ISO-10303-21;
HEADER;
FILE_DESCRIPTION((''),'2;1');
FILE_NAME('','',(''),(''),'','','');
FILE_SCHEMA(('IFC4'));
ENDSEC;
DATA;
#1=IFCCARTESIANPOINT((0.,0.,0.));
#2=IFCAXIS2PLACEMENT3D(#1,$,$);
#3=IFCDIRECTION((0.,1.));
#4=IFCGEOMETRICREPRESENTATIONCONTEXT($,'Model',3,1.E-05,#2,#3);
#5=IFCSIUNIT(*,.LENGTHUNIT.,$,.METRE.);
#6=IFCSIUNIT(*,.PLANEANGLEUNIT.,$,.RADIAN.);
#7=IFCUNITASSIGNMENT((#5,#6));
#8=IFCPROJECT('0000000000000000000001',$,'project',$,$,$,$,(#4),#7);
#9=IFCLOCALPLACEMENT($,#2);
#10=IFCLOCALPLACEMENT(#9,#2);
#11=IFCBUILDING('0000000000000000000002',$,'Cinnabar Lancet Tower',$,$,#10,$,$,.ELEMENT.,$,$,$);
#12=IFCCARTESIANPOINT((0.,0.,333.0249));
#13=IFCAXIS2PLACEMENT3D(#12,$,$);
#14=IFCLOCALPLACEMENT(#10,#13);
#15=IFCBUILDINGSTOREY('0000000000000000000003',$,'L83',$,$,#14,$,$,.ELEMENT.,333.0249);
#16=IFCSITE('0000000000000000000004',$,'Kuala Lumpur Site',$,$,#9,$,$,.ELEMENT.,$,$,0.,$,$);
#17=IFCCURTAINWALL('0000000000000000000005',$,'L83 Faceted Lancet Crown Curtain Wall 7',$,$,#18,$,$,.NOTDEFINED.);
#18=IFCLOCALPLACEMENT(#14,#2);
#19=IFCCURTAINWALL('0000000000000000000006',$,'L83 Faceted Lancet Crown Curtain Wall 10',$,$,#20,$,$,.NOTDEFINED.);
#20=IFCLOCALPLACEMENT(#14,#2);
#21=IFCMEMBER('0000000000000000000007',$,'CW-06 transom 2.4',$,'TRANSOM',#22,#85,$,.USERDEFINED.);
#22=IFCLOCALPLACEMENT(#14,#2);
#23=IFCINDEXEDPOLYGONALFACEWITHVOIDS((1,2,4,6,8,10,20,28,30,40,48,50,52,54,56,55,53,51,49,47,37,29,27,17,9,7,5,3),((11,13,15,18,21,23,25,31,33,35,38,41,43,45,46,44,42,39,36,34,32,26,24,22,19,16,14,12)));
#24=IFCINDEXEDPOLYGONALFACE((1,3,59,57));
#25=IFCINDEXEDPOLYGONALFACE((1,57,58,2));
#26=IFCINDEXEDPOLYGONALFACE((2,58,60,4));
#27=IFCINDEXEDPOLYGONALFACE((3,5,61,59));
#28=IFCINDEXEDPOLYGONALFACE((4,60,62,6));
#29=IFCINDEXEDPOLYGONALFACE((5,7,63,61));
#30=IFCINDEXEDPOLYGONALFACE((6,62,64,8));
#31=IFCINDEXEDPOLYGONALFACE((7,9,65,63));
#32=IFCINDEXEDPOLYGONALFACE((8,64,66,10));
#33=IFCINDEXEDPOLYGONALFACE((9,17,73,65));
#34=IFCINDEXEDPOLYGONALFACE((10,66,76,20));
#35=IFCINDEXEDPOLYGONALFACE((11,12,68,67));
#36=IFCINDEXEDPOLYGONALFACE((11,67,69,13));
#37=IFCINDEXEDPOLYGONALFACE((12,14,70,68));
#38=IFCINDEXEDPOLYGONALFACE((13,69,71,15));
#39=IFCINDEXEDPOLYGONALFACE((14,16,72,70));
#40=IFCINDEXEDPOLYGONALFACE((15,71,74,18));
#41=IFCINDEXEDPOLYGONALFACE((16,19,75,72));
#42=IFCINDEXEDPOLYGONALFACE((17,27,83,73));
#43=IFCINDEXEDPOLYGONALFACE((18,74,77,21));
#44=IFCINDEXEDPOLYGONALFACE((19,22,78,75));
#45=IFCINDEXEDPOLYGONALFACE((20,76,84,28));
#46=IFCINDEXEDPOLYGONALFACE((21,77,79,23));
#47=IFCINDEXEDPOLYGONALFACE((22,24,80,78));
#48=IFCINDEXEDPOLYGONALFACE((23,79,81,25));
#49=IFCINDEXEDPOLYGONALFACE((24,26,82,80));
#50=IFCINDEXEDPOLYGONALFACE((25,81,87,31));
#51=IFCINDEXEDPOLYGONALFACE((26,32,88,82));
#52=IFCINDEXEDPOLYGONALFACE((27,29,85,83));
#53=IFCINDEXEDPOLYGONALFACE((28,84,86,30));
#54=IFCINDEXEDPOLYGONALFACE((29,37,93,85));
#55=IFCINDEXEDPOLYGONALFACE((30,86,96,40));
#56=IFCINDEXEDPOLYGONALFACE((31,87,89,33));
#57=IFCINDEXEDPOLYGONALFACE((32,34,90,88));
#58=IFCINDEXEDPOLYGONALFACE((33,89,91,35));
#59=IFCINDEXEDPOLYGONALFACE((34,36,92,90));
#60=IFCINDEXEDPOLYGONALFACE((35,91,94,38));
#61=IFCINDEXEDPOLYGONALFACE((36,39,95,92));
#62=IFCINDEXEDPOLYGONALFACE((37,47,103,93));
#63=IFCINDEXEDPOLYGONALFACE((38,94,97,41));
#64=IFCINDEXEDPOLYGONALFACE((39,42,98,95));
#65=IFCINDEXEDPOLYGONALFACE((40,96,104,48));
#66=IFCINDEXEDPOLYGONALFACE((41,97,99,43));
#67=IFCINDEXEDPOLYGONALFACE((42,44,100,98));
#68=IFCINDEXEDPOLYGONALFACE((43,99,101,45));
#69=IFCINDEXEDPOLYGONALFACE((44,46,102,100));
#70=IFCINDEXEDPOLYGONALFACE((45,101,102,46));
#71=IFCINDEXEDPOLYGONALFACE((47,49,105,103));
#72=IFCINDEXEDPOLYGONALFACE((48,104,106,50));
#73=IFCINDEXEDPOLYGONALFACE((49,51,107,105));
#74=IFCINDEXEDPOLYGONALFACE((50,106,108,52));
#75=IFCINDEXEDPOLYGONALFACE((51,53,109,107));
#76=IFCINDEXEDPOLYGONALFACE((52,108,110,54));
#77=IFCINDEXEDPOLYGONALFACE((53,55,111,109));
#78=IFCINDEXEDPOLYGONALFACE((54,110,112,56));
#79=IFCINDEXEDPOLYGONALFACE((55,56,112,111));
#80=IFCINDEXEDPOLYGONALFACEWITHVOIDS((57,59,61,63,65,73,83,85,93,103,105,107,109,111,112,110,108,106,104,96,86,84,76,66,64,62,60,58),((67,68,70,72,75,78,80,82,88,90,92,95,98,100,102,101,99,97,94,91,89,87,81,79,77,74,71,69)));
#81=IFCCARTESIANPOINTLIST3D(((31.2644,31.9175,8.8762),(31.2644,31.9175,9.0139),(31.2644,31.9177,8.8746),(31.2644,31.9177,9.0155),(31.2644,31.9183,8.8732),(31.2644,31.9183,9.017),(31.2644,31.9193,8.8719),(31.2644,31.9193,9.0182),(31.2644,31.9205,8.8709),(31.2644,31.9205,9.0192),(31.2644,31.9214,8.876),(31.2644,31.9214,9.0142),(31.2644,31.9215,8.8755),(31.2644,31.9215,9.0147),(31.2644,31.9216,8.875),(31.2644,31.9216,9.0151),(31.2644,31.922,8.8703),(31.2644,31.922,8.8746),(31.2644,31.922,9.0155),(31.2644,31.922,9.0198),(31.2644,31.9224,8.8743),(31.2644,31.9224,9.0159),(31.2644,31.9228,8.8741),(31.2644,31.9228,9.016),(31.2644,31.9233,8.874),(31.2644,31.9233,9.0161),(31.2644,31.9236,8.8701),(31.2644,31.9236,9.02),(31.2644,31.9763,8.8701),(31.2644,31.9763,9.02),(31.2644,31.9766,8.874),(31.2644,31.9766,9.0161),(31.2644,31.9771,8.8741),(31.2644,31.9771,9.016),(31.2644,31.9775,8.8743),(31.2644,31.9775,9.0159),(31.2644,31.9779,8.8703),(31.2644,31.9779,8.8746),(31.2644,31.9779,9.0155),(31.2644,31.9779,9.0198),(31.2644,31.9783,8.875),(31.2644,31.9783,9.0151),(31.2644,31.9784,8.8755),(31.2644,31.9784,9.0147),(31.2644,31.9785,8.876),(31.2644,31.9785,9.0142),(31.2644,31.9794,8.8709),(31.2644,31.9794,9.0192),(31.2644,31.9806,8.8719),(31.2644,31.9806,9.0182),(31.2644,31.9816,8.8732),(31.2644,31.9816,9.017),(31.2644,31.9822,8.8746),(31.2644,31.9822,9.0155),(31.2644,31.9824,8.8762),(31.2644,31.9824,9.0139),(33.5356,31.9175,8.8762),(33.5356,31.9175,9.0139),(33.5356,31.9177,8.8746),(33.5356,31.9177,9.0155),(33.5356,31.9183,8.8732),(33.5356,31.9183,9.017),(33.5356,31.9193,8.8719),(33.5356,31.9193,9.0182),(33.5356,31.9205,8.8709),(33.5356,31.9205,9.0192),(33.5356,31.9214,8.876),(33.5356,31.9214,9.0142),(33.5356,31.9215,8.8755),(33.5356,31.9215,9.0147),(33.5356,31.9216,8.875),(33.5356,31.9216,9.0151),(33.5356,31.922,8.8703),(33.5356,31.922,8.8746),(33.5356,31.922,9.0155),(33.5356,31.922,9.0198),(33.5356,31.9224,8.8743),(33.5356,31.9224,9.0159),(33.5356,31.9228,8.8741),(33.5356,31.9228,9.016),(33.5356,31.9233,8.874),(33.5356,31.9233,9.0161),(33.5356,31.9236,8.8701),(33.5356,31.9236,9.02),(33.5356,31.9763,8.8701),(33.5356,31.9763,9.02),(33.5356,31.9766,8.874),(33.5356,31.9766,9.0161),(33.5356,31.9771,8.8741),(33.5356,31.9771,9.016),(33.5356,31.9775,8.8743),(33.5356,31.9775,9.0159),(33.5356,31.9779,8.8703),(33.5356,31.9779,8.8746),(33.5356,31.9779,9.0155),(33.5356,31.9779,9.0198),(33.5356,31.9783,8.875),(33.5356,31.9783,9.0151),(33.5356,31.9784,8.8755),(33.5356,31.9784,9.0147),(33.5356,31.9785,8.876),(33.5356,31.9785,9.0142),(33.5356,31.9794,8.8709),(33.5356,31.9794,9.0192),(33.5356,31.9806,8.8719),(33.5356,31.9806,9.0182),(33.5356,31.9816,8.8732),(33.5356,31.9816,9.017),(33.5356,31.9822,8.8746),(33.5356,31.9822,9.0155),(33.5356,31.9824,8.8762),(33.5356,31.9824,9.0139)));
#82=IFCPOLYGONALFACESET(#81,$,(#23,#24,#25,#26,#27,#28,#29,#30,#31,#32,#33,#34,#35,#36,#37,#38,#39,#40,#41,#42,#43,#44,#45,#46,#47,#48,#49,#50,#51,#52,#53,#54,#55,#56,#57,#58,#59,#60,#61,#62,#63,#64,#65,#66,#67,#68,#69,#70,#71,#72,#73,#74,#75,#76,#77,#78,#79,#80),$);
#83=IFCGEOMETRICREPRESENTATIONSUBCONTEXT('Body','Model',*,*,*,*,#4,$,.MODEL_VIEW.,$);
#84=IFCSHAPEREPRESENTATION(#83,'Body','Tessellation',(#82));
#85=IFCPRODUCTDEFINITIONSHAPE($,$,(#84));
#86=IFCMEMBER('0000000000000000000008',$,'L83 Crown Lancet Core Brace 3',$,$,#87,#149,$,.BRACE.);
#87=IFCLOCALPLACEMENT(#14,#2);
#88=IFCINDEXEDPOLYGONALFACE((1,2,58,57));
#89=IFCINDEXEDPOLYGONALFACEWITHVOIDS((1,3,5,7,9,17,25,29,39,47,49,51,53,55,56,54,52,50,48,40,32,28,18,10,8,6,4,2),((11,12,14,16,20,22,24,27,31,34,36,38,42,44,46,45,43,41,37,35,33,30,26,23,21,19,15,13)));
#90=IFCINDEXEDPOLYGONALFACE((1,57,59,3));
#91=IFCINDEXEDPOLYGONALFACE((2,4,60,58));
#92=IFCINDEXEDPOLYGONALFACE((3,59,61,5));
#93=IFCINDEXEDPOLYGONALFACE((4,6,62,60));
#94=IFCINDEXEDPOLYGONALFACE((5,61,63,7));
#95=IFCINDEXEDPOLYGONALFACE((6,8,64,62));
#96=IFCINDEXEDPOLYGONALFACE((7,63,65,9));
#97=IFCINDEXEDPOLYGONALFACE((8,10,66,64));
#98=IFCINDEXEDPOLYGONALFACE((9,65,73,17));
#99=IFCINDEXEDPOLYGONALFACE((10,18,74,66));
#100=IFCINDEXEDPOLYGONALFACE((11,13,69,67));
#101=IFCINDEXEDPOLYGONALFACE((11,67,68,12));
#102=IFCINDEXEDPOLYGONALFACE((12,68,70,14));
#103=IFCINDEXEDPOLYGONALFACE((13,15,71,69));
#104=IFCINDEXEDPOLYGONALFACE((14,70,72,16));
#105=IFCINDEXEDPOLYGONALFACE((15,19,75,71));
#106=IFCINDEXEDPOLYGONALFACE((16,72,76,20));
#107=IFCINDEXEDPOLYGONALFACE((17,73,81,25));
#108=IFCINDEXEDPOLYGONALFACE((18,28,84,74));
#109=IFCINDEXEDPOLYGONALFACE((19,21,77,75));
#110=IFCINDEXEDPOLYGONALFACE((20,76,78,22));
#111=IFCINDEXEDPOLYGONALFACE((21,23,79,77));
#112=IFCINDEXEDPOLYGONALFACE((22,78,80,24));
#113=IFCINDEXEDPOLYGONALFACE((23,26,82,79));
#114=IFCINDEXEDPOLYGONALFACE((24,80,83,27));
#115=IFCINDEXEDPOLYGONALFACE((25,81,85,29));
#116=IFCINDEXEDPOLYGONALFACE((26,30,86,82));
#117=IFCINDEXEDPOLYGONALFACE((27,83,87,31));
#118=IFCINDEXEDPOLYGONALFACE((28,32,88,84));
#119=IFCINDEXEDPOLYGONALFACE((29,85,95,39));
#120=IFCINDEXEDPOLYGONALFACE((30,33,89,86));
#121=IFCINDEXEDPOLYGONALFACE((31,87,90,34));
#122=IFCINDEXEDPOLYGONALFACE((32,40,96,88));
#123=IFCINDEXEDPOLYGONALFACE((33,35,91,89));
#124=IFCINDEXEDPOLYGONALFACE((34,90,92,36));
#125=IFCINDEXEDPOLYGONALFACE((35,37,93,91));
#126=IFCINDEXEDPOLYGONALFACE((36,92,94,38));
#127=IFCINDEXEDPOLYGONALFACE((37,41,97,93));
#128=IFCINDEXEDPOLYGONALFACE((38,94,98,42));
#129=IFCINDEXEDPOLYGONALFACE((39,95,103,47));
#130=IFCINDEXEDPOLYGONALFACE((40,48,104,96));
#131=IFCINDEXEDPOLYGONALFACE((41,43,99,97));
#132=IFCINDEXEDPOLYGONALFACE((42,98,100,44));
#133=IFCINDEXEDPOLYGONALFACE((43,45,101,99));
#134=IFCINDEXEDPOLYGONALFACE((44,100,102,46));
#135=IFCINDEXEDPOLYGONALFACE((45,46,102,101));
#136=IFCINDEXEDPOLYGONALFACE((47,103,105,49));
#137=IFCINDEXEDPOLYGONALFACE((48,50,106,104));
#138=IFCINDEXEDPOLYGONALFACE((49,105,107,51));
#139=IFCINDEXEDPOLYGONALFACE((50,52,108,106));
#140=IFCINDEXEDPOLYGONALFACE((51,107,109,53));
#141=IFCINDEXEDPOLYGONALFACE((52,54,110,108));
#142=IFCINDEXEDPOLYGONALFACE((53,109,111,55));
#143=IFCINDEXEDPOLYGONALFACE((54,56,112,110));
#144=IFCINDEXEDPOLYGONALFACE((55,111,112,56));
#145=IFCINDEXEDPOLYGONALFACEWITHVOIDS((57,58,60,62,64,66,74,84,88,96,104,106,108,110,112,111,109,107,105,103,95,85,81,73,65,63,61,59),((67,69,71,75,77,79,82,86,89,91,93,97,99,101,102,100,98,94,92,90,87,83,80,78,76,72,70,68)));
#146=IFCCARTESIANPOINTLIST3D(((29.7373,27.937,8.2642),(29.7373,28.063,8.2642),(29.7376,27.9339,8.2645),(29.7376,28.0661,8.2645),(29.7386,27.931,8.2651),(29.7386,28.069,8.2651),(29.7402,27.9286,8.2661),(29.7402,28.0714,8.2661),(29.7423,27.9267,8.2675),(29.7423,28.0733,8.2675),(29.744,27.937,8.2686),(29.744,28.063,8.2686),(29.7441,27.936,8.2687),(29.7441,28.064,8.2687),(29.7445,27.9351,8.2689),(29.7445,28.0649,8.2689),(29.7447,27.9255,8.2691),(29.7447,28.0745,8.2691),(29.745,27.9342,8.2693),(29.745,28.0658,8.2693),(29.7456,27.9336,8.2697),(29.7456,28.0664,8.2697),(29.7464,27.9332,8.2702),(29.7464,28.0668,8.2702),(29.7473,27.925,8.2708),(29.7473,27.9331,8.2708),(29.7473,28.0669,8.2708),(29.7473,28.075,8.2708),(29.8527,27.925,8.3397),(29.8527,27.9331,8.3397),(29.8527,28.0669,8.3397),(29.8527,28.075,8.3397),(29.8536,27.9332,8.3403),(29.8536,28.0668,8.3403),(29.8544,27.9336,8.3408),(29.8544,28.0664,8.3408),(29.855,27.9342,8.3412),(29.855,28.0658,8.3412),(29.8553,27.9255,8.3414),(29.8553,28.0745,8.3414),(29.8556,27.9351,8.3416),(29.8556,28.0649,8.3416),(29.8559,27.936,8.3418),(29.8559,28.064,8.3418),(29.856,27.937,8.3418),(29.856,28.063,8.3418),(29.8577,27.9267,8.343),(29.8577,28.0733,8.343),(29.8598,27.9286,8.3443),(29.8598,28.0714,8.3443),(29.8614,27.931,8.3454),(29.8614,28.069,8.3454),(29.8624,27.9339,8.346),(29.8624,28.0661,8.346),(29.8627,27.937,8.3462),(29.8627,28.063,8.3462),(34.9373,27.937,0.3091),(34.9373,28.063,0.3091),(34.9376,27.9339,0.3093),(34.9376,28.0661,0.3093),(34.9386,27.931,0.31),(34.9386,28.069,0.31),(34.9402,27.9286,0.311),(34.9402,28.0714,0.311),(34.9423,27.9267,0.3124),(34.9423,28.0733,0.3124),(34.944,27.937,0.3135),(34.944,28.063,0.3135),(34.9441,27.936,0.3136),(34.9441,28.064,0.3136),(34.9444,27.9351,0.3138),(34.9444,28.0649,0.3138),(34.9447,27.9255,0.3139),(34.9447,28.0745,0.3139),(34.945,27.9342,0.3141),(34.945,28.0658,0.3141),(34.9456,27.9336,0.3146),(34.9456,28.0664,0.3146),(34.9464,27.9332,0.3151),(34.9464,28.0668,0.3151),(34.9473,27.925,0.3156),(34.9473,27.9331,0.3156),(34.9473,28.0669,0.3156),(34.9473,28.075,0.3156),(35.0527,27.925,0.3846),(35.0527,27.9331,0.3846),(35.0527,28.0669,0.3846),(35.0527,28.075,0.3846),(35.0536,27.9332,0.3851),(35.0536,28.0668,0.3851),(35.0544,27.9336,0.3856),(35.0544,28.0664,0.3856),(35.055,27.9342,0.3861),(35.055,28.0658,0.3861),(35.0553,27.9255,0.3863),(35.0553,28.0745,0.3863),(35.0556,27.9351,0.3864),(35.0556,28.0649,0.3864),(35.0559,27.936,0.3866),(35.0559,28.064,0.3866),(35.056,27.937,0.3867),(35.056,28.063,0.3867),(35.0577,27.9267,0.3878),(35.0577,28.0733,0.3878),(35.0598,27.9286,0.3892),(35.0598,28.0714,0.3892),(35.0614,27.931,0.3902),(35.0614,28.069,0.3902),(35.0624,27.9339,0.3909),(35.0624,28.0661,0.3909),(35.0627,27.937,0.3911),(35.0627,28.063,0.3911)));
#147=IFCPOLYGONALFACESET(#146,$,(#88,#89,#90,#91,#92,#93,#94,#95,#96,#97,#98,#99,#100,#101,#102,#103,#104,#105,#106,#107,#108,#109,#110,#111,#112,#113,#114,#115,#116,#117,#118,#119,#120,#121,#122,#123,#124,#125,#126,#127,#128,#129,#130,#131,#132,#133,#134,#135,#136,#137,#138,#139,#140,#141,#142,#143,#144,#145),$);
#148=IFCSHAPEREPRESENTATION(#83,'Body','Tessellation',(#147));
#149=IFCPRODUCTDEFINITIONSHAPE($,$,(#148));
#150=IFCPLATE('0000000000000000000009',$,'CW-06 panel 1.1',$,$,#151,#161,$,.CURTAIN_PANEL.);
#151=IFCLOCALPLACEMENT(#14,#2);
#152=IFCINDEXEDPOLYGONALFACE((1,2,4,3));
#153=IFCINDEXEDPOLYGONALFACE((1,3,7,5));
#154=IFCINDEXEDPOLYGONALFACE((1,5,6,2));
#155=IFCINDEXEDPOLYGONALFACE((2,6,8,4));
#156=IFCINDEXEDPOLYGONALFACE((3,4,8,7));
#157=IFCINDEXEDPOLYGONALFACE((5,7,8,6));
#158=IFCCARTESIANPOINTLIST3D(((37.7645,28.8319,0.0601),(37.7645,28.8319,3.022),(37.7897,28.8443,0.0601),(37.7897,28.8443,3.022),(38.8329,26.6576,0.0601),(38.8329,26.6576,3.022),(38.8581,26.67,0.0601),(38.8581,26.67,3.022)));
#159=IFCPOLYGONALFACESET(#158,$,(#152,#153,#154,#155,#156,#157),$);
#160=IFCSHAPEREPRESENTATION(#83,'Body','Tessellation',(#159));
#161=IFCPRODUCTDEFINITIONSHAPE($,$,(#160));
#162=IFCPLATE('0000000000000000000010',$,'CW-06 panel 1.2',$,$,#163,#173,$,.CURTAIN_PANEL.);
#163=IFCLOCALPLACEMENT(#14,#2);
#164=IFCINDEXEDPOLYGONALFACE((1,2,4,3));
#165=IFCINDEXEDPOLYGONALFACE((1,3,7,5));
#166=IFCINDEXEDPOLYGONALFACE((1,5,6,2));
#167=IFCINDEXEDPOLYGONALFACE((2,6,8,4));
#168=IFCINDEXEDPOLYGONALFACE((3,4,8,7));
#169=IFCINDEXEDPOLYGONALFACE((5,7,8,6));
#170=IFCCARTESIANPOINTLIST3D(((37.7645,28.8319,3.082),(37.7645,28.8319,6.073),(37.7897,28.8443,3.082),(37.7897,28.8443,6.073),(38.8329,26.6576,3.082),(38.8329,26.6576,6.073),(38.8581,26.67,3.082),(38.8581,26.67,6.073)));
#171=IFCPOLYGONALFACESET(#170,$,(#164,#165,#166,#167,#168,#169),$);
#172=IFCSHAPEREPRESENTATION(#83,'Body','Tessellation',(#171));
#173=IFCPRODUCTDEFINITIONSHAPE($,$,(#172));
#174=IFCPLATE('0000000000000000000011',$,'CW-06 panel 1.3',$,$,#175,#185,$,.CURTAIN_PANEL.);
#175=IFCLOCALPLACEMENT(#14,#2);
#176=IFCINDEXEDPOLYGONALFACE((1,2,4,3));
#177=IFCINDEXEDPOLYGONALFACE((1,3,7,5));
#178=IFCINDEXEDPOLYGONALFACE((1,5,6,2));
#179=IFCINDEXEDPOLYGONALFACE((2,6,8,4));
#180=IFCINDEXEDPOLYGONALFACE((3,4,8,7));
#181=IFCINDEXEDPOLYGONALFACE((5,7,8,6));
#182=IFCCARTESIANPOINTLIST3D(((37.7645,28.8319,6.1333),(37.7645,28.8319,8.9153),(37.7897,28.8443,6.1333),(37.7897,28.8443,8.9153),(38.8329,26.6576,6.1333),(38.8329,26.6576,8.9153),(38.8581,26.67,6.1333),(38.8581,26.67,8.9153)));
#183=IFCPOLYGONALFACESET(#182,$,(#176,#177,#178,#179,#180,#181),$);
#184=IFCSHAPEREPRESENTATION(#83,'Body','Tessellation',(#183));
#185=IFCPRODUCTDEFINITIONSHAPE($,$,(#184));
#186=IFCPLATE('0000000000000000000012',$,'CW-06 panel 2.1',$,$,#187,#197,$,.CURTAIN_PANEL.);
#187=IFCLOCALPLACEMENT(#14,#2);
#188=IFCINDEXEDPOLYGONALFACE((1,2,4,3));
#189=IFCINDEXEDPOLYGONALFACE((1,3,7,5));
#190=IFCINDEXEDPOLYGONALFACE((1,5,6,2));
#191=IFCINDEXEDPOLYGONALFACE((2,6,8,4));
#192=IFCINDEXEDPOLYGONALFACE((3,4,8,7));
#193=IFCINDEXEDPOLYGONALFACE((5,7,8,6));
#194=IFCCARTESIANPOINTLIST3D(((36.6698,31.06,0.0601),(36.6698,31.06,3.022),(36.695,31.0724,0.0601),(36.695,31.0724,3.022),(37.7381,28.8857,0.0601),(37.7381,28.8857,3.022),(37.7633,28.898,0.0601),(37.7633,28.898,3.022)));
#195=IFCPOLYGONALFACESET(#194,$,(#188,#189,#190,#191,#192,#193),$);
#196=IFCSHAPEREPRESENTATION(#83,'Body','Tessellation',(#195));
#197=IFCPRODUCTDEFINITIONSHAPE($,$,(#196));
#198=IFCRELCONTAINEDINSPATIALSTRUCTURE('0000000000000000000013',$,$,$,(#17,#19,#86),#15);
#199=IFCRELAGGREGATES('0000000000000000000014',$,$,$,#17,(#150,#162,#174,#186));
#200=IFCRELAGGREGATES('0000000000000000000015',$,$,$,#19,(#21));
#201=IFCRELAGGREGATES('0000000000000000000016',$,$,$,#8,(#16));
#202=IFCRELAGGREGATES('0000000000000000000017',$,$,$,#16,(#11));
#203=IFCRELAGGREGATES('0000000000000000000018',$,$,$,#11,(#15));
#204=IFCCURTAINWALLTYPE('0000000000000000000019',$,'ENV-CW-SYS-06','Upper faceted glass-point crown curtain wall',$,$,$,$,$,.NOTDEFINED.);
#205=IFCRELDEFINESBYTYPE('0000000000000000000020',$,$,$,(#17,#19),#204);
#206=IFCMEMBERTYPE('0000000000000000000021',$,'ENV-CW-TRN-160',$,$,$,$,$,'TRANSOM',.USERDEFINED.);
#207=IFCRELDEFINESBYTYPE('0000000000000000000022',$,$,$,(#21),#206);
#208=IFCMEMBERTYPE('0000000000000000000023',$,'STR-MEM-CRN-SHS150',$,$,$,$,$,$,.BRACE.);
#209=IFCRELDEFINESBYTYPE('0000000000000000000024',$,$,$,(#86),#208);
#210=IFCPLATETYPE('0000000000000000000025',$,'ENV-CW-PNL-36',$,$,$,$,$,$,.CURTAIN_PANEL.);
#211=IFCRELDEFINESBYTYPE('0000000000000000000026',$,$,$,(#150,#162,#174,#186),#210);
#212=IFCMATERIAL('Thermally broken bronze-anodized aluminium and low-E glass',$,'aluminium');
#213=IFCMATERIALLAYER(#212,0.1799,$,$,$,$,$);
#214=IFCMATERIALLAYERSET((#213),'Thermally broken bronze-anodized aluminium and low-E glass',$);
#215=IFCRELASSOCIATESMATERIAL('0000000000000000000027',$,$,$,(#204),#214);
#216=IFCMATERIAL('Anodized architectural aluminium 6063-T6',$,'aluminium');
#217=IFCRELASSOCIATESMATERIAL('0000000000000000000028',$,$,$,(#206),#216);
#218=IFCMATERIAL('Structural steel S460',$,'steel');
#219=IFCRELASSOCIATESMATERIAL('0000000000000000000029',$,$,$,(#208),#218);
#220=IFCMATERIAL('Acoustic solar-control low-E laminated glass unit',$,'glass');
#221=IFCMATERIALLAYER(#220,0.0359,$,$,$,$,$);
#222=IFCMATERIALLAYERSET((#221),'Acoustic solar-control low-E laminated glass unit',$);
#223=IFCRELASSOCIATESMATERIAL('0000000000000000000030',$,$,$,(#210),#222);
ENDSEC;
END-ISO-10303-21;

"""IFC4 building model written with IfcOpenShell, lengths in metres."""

from ifc_helpers import new_model, si_unit, direction, frame, origin, origin_2d, place, context, subcontext, project, spatial, rectangle, hollow_rectangle, extrude, material, layer, layer_set, material_profile, profile_set, type_object, element, aggregate, save


model = new_model("IFC4")

# Units and contexts
model_context = context("Model", 3, precision=1e-05, world=origin(), true_north=direction((0.0, 1.0)))
body_context = subcontext(model_context, "Body", "Model", "MODEL_VIEW")
ifc_project = project(units=[si_unit("LENGTHUNIT", "METRE"), si_unit("PLANEANGLEUNIT", "RADIAN")], contexts=[model_context])

# Site, building, storey
site_placement = place(None, origin())
site = spatial("IfcSite", under=ifc_project, at=site_placement, Name="Kuala Lumpur Site", CompositionType="ELEMENT", RefElevation=0.0)
building_placement = place(site_placement, origin())
building = spatial("IfcBuilding", under=site, at=building_placement, Name="Cinnabar Lancet Tower", CompositionType="ELEMENT")
storey_placement = place(building_placement, frame((0.0, 0.0, 333.0249)))
storey = spatial("IfcBuildingStorey", under=building, at=storey_placement, Name="L83", CompositionType="ELEMENT", Elevation=333.0249)

# Curtain walls
ifc_material_1 = material(Name="Thermally broken bronze-anodized aluminium and low-E glass", Category="aluminium")
ifc_layer_1 = layer(ifc_material_1, 0.1799)
ifc_layer_set_1 = layer_set([ifc_layer_1], Name="Thermally broken bronze-anodized aluminium and low-E glass")
curtain_wall_type = type_object("IfcCurtainWallType", Name="ENV-CW-SYS-06", Description="Upper faceted glass-point crown curtain wall", PredefinedType="NOTDEFINED", material=ifc_layer_set_1)
curtain_wall_1_placement = place(storey_placement, origin())
curtain_wall_1 = element("IfcCurtainWall", 1, at=curtain_wall_1_placement, inside=storey, type_object=curtain_wall_type, Name="L83 Faceted Lancet Crown Curtain Wall 7", PredefinedType="NOTDEFINED")
curtain_wall_2_placement = place(storey_placement, origin())
curtain_wall_2 = element("IfcCurtainWall", 2, at=curtain_wall_2_placement, inside=storey, type_object=curtain_wall_type, Name="L83 Faceted Lancet Crown Curtain Wall 10", PredefinedType="NOTDEFINED")

# Members
ifc_material_2 = material(Name="Anodized architectural aluminium 6063-T6", Category="aluminium")
ifc_material_profile_1 = material_profile(ifc_material_2, hollow_rectangle(XDim=0.0649, YDim=0.1499, WallThickness=0.0039, InnerFilletRadius=0.002, OuterFilletRadius=0.0061, at=origin_2d()), Name="CW-TRN 150x65x4")
ifc_profile_set_1 = profile_set([ifc_material_profile_1], Name="Anodized architectural aluminium 6063-T6")
member_type_1 = type_object("IfcMemberType", Name="ENV-CW-TRN-160", ElementType="TRANSOM", PredefinedType="USERDEFINED", material=ifc_profile_set_1)
member_1_placement = place(storey_placement, frame((33.5356, 31.95, 8.9451), z_axis=(-1.0, 0.0, 0.0), x_axis=(0.0, -1.0, 0.0)))
member_1 = element("IfcMember", 3, at=member_1_placement, type_object=member_type_1, Name="CW-06 transom 2.4", ObjectType="TRANSOM", PredefinedType="USERDEFINED", context=body_context, shape_type="SweptSolid", body=[
    extrude(hollow_rectangle(XDim=0.0649, YDim=0.1499, WallThickness=0.0039, InnerFilletRadius=0.002, OuterFilletRadius=0.0061, at=origin_2d()), origin(), (0.0, 0.0, 1.0), 2.2712),
])
ifc_material_3 = material(Name="Structural steel S460", Category="steel")
ifc_material_profile_2 = material_profile(ifc_material_3, hollow_rectangle(XDim=0.1499, YDim=0.1499, WallThickness=0.0081, InnerFilletRadius=0.0039, OuterFilletRadius=0.012, at=origin_2d()), Name="SHS 150x150x8")
ifc_profile_set_2 = profile_set([ifc_material_profile_2], Name="Structural steel S460")
member_type_2 = type_object("IfcMemberType", Name="STR-MEM-CRN-SHS150", PredefinedType="BRACE", material=ifc_profile_set_2)
member_2_placement = place(storey_placement, frame((35.0, 28.0, 0.3501), z_axis=(-0.547143, 0.0, 0.837039), x_axis=(0.0, -1.0, 0.0)))
element("IfcMember", 4, at=member_2_placement, inside=storey, type_object=member_type_2, Name="L83 Crown Lancet Core Brace 3", PredefinedType="BRACE", context=body_context, shape_type="SweptSolid", body=[
    extrude(hollow_rectangle(XDim=0.1499, YDim=0.1499, WallThickness=0.0081, InnerFilletRadius=0.0039, OuterFilletRadius=0.012, at=origin_2d()), origin(), (0.0, 0.0, 1.0), 9.5039),
])

# Plates
ifc_material_4 = material(Name="Acoustic solar-control low-E laminated glass unit", Category="glass")
ifc_layer_2 = layer(ifc_material_4, 0.0359)
ifc_layer_set_2 = layer_set([ifc_layer_2], Name="Acoustic solar-control low-E laminated glass unit")
plate_type_1 = type_object("IfcPlateType", Name="ENV-CW-PNL-36", PredefinedType="CURTAIN_PANEL", material=ifc_layer_set_2)
plate_1_placement = place(storey_placement, frame((38.3113, 27.751, 0.0601), z_axis=(0.0, 0.0, 1.0), x_axis=(-0.440994, 0.89751, 0.0)))
plate_1 = element("IfcPlate", 5, at=plate_1_placement, type_object=plate_type_1, Name="CW-06 panel 1.1", PredefinedType="CURTAIN_PANEL", context=body_context, shape_type="SweptSolid", body=[
    extrude(rectangle(XDim=2.4226, YDim=0.0281, at=origin_2d()), origin(), (0.0, 0.0, 1.0), 2.9619),
])
plate_2_placement = place(storey_placement, frame((38.3113, 27.751, 3.082), z_axis=(0.0, 0.0, 1.0), x_axis=(-0.440994, 0.89751, 0.0)))
plate_2 = element("IfcPlate", 6, at=plate_2_placement, type_object=plate_type_1, Name="CW-06 panel 1.2", PredefinedType="CURTAIN_PANEL", context=body_context, shape_type="SweptSolid", body=[
    extrude(rectangle(XDim=2.4226, YDim=0.0281, at=origin_2d()), origin(), (0.0, 0.0, 1.0), 2.991),
])
plate_3_placement = place(storey_placement, frame((38.3113, 27.751, 6.1333), z_axis=(0.0, 0.0, 1.0), x_axis=(-0.440994, 0.89751, 0.0)))
plate_3 = element("IfcPlate", 7, at=plate_3_placement, type_object=plate_type_1, Name="CW-06 panel 1.3", PredefinedType="CURTAIN_PANEL", context=body_context, shape_type="SweptSolid", body=[
    extrude(rectangle(XDim=2.4226, YDim=0.0281, at=origin_2d()), origin(), (0.0, 0.0, 1.0), 2.782),
])
plate_4_placement = place(storey_placement, frame((37.2166, 29.979, 0.0601), z_axis=(0.0, 0.0, 1.0), x_axis=(-0.440994, 0.89751, 0.0)))
plate_4 = element("IfcPlate", 8, at=plate_4_placement, type_object=plate_type_1, Name="CW-06 panel 2.1", PredefinedType="CURTAIN_PANEL", context=body_context, shape_type="SweptSolid", body=[
    extrude(rectangle(XDim=2.4226, YDim=0.0281, at=origin_2d()), origin(), (0.0, 0.0, 1.0), 2.9619),
])
aggregate(curtain_wall_1, [plate_1, plate_2, plate_3, plate_4])
aggregate(curtain_wall_2, [member_1])

save(model, "model.ifc")
